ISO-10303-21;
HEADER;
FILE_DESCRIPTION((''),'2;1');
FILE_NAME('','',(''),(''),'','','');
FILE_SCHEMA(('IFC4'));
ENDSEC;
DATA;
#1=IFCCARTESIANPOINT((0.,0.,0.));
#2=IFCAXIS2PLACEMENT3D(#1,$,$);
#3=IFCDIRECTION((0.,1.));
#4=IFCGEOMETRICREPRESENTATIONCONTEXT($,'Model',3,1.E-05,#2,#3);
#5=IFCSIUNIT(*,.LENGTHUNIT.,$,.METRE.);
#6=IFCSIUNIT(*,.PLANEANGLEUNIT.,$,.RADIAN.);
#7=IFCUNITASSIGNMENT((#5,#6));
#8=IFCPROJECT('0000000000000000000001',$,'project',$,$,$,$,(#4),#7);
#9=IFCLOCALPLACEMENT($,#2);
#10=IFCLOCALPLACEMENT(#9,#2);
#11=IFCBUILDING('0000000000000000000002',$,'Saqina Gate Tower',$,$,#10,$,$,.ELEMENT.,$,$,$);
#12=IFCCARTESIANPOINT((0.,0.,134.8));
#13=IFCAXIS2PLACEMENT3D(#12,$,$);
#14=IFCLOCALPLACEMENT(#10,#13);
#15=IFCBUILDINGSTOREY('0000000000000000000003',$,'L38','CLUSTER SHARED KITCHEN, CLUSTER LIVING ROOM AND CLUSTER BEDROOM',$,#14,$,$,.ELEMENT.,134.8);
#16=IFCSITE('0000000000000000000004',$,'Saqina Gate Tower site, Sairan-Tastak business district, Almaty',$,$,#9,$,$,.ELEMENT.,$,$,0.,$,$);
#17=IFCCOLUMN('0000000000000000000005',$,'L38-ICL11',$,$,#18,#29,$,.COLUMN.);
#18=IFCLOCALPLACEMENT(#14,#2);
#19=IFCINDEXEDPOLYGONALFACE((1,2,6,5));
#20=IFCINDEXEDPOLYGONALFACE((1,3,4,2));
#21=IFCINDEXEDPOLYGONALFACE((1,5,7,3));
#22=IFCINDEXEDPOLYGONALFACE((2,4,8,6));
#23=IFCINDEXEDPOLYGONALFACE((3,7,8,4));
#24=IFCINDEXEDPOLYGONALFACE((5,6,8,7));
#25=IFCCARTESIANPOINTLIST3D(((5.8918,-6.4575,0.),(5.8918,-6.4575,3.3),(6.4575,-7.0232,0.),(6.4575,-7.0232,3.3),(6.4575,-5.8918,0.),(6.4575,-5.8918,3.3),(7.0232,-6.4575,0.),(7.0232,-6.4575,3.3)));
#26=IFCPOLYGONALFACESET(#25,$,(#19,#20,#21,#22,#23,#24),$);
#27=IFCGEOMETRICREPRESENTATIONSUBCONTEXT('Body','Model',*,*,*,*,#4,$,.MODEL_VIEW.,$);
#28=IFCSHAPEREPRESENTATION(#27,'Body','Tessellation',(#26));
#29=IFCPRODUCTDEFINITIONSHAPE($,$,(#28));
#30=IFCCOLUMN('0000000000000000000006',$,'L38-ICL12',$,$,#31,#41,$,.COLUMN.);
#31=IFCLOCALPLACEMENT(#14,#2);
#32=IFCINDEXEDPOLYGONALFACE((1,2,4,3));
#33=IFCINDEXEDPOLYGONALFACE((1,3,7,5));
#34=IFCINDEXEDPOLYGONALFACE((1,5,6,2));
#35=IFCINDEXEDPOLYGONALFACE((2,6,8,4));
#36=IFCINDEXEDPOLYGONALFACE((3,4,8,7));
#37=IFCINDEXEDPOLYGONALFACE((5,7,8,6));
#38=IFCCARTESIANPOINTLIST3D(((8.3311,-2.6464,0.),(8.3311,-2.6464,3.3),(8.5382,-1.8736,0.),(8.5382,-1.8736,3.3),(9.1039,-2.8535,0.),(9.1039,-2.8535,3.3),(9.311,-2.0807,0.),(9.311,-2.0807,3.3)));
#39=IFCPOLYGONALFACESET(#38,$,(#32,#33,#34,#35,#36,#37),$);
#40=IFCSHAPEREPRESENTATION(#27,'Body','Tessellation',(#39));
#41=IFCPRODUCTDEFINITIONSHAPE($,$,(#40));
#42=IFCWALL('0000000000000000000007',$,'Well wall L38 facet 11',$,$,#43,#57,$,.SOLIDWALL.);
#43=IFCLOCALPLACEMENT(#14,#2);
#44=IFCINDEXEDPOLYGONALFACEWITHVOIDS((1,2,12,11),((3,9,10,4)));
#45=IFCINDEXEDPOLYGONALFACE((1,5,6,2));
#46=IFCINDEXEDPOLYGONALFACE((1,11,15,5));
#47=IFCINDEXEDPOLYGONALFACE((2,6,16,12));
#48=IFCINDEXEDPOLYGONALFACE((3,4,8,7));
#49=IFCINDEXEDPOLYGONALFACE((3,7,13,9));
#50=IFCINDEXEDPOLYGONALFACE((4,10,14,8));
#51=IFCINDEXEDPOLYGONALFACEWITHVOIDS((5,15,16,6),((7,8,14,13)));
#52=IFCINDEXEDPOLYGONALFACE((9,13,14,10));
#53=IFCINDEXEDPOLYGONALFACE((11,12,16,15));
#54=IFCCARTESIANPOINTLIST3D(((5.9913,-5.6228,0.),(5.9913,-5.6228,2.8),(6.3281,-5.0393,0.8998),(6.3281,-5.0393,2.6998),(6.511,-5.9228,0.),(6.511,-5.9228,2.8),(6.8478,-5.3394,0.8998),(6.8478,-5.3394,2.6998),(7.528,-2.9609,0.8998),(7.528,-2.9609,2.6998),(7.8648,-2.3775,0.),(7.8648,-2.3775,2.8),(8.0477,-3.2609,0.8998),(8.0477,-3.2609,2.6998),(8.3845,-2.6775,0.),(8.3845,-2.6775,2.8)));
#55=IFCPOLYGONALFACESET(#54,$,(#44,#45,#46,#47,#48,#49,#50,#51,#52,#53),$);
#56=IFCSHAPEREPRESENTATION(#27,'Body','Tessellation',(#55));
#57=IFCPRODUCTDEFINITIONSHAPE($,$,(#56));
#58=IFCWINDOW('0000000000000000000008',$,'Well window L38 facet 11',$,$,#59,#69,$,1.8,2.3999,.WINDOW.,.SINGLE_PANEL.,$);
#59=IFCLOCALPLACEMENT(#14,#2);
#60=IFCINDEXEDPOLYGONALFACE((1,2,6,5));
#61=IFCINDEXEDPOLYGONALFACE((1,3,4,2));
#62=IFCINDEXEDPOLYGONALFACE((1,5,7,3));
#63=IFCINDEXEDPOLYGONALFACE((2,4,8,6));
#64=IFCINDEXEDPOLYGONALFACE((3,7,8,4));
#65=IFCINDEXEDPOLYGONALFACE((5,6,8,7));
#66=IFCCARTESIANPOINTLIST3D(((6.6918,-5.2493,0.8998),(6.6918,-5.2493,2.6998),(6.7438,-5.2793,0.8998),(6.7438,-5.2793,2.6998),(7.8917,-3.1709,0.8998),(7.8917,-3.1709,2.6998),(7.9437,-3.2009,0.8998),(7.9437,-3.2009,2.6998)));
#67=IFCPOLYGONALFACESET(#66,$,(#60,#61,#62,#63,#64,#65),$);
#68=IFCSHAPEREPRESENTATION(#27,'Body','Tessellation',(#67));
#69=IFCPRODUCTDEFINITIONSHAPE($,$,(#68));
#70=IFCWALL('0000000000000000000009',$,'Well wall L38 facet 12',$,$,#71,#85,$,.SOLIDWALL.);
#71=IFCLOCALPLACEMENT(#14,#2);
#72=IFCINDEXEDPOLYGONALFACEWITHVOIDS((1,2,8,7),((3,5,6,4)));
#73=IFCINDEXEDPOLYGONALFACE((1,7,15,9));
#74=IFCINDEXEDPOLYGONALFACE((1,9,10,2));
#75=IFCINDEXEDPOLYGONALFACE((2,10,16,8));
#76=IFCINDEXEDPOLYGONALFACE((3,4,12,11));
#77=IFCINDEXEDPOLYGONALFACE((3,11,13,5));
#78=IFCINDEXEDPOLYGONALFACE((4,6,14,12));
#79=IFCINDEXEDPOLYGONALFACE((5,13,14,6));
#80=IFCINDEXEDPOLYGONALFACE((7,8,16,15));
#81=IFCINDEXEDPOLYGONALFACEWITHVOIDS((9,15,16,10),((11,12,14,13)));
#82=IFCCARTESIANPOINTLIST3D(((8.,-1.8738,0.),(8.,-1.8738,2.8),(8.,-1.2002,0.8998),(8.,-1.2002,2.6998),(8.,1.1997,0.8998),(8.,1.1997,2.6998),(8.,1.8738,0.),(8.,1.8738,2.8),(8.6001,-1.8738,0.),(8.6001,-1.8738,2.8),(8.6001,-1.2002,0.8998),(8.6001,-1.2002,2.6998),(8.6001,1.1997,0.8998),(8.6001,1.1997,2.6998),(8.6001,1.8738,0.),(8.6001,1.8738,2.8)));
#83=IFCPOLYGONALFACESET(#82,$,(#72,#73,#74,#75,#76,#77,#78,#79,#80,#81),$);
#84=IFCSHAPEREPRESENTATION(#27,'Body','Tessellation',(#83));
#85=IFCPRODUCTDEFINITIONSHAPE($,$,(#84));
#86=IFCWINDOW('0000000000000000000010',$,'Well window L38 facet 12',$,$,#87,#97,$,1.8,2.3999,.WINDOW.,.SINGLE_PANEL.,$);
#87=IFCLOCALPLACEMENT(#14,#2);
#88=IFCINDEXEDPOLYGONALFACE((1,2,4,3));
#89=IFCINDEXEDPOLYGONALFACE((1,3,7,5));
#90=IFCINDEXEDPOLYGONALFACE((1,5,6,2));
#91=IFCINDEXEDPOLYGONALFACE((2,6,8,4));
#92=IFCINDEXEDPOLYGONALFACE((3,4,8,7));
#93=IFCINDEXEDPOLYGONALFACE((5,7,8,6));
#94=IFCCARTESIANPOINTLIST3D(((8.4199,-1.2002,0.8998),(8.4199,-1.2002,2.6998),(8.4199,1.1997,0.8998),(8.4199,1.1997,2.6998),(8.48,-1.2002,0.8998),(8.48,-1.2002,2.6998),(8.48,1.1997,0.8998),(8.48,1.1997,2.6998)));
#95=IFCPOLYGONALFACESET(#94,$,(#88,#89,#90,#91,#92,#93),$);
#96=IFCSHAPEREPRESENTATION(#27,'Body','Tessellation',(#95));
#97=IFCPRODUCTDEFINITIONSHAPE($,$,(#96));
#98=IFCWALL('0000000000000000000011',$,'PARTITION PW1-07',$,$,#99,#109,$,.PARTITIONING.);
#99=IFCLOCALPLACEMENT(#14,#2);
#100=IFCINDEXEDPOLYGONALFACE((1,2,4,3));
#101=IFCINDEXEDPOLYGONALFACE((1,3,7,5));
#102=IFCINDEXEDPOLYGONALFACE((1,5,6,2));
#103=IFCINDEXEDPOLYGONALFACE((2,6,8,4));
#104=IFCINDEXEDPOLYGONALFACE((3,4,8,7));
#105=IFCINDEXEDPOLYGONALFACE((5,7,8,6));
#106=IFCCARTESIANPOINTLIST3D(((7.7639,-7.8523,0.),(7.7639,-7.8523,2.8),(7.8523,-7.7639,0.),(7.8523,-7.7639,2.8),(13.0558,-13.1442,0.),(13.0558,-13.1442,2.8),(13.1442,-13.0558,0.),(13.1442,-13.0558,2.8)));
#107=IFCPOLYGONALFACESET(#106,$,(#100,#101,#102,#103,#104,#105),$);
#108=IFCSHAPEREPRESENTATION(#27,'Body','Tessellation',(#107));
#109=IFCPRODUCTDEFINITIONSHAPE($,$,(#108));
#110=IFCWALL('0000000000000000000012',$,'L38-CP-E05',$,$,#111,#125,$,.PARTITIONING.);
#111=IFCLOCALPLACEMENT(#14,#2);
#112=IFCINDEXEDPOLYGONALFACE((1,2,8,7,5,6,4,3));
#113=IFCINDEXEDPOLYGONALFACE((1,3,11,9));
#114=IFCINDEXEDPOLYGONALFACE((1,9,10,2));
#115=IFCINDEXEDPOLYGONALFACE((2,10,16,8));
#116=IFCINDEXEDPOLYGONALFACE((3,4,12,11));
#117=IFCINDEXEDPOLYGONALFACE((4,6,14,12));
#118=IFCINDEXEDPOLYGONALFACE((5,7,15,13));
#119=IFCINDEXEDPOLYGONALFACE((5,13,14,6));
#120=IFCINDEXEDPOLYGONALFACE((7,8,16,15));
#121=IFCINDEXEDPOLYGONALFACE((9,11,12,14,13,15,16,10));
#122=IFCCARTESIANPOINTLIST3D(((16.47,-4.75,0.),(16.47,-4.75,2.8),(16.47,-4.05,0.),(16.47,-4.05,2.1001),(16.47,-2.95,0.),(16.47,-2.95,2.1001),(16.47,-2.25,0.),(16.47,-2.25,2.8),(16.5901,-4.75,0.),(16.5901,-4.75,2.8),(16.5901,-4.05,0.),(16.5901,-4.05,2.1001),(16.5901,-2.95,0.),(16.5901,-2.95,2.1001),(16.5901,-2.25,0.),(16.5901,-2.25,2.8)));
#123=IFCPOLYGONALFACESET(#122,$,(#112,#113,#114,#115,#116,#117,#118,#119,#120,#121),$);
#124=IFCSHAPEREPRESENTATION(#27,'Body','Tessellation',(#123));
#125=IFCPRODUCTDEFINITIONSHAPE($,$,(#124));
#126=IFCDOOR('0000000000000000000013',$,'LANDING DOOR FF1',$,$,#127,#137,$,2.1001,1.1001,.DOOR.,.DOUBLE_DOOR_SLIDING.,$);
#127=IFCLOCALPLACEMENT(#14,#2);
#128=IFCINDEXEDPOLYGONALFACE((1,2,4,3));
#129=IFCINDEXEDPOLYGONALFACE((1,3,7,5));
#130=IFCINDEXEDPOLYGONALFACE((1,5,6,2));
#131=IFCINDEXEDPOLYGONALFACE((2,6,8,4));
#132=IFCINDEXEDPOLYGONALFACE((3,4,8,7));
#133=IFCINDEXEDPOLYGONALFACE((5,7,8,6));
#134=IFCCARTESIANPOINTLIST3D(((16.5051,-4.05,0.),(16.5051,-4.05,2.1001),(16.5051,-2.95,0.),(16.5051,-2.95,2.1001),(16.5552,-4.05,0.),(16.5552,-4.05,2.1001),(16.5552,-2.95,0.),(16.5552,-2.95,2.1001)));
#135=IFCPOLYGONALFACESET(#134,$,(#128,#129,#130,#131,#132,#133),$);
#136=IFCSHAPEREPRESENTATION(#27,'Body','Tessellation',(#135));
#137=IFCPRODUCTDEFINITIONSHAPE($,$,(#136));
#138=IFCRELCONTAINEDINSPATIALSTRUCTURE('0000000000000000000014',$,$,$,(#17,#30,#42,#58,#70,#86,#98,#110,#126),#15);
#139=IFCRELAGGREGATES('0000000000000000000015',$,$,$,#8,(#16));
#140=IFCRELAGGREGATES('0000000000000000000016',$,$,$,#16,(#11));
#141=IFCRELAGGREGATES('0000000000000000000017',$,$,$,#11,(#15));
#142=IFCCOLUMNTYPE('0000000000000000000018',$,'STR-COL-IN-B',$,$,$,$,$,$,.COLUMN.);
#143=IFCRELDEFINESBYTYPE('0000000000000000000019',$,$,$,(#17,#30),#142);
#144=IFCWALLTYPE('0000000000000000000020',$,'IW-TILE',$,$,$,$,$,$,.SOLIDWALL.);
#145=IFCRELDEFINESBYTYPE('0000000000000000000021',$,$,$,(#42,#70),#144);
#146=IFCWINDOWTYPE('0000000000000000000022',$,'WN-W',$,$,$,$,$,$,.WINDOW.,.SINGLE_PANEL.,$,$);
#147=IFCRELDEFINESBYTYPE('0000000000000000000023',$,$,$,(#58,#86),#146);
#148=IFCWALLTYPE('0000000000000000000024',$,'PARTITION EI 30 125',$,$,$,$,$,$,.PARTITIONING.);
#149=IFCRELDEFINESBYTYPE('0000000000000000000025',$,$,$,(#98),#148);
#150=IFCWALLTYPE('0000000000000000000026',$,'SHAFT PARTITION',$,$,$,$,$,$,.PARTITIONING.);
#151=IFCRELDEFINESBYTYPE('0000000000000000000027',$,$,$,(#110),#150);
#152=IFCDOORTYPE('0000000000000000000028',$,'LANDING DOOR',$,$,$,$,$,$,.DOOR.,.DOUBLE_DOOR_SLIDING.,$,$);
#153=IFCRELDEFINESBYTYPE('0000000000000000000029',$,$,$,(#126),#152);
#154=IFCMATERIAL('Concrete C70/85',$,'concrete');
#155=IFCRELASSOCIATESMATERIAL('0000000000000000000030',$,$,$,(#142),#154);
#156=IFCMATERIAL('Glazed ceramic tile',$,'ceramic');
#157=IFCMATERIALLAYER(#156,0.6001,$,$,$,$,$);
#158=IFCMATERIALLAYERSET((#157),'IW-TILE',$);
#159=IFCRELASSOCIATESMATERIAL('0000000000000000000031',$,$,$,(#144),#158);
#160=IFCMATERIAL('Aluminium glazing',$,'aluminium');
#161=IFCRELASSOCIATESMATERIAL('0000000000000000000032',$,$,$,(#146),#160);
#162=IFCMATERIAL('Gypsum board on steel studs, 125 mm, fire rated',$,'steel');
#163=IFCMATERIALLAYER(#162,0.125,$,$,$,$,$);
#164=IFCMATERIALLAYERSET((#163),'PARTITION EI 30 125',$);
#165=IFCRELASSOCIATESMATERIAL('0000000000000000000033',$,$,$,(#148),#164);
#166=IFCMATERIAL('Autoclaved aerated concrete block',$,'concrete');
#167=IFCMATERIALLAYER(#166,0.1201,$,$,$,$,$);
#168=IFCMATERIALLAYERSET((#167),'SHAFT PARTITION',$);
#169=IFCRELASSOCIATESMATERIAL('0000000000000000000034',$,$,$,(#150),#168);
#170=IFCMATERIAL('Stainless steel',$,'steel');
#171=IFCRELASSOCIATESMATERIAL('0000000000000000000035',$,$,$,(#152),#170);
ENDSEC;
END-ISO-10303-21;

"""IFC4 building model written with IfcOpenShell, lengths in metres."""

from ifc_helpers import new_model, si_unit, direction, frame, frame_2d, origin, origin_2d, place, context, subcontext, project, spatial, rectangle, extrude, material, layer, layer_set, material_profile, profile_set, type_object, element, fill, save


model = new_model("IFC4")

# Units and contexts
model_context = context("Model", 3, precision=1e-05, world=origin(), true_north=direction((0.0, 1.0)))
body_context = subcontext(model_context, "Body", "Model", "MODEL_VIEW")
ifc_project = project(units=[si_unit("LENGTHUNIT", "METRE"), si_unit("PLANEANGLEUNIT", "RADIAN")], contexts=[model_context])

# Site, building, storey
site_placement = place(None, origin())
site = spatial("IfcSite", under=ifc_project, at=site_placement, Name="Saqina Gate Tower site, Sairan-Tastak business district, Almaty", CompositionType="ELEMENT", RefElevation=0.0)
building_placement = place(site_placement, origin())
building = spatial("IfcBuilding", under=site, at=building_placement, Name="Saqina Gate Tower", CompositionType="ELEMENT")
storey_placement = place(building_placement, frame((0.0, 0.0, 134.8)))
storey = spatial("IfcBuildingStorey", under=building, at=storey_placement, Name="L38", Description="CLUSTER SHARED KITCHEN, CLUSTER LIVING ROOM AND CLUSTER BEDROOM", CompositionType="ELEMENT", Elevation=134.8)

# Columns
ifc_material_1 = material(Name="Concrete C70/85", Category="concrete")
ifc_material_profile = material_profile(ifc_material_1, rectangle(XDim=0.8, YDim=0.8, at=origin_2d()), Name="RC 800x800")
ifc_profile_set = profile_set([ifc_material_profile], Name="Concrete C70/85")
column_type = type_object("IfcColumnType", Name="STR-COL-IN-B", PredefinedType="COLUMN", material=ifc_profile_set)
for number, where, z_axis, x_axis, name in (
    (1, (6.4575, -6.4575, 0.0), (0.0, 0.0, 1.0), (0.707107, -0.707107, 0.0), "L38-ICL11"),
    (2, (8.821, -2.3635, 0.0), (0.0, 0.0, 1.0), (0.965926, -0.258819, 0.0), "L38-ICL12"),
):
    element("IfcColumn", number, at=place(storey_placement, frame(where, z_axis=z_axis, x_axis=x_axis)), inside=storey, type_object=column_type, Name=name, PredefinedType="COLUMN", context=body_context, shape_type="SweptSolid", body=[
        extrude(rectangle(XDim=0.8, YDim=0.8, at=origin_2d()), origin(), (0.0, 0.0, 1.0), 3.3),
    ])

# Walls, openings, windows
ifc_material_2 = material(Name="Glazed ceramic tile", Category="ceramic")
ifc_layer_1 = layer(ifc_material_2, 0.6001)
ifc_layer_set_1 = layer_set([ifc_layer_1], Name="IW-TILE")
wall_type_1 = type_object("IfcWallType", Name="IW-TILE", PredefinedType="SOLIDWALL", material=ifc_layer_set_1)
wall_1_placement = place(storey_placement, frame((6.2512, -5.7727, 0.0), z_axis=(0.0, 0.0, 1.0), x_axis=(0.499965, 0.866046, 0.0)))
wall_1 = element("IfcWall", 3, at=wall_1_placement, inside=storey, type_object=wall_type_1, Name="Well wall L38 facet 11", PredefinedType="SOLIDWALL", context=body_context, shape_type="SweptSolid", body=[
    extrude(rectangle(XDim=3.7473, YDim=0.6001, at=frame_2d((1.8735, 0.0))), origin(), (0.0, 0.0, 1.0), 2.8),
])
opening_1_placement = place(wall_1_placement, frame((0.6736, 0.0, 0.8999)))
opening_1 = element("IfcOpeningElement", 4, at=opening_1_placement, cuts=wall_1, PredefinedType="OPENING", context=body_context, shape_type="SweptSolid", body=[
    extrude(rectangle(XDim=2.3999, YDim=1.8, at=frame_2d((1.2, 0.8999))), frame((0.0, 0.312, 0.0), z_axis=(0.0, -1.0, 0.0), x_axis=(1.0, 0.0, 0.0)), (0.0, 0.0, 1.0), 0.624),
])
ifc_material_3 = material(Name="Aluminium glazing", Category="aluminium")
window_type = type_object("IfcWindowType", Name="WN-W", PartitioningType="SINGLE_PANEL", PredefinedType="WINDOW", material=ifc_material_3)
window_1_placement = place(opening_1_placement, origin())
window_1 = element("IfcWindow", 5, at=window_1_placement, inside=storey, type_object=window_type, Name="Well window L38 facet 11", OverallHeight=1.8, OverallWidth=2.3999, PartitioningType="SINGLE_PANEL", PredefinedType="WINDOW", context=body_context, shape_type="SweptSolid", body=[
    extrude(rectangle(XDim=2.3999, YDim=1.8, at=frame_2d((1.2, 0.8999))), frame((0.0, -0.1199, 0.0), z_axis=(0.0, -1.0, 0.0), x_axis=(1.0, 0.0, 0.0)), (0.0, 0.0, 1.0), 0.0601),
])
fill(opening_1, window_1)
wall_2_placement = place(storey_placement, frame((8.3, -1.8738, 0.0), z_axis=(0.0, 0.0, 1.0), x_axis=(0.0, 1.0, 0.0)))
wall_2 = element("IfcWall", 6, at=wall_2_placement, inside=storey, type_object=wall_type_1, Name="Well wall L38 facet 12", PredefinedType="SOLIDWALL", context=body_context, shape_type="SweptSolid", body=[
    extrude(rectangle(XDim=3.7476, YDim=0.6001, at=frame_2d((1.8738, 0.0))), origin(), (0.0, 0.0, 1.0), 2.8),
])
opening_2_placement = place(wall_2_placement, frame((0.6736, 0.0, 0.8999)))
opening_2 = element("IfcOpeningElement", 7, at=opening_2_placement, cuts=wall_2, PredefinedType="OPENING", context=body_context, shape_type="SweptSolid", body=[
    extrude(rectangle(XDim=2.3999, YDim=1.8, at=frame_2d((1.2, 0.8999))), frame((0.0, 0.312, 0.0), z_axis=(0.0, -1.0, 0.0), x_axis=(1.0, 0.0, 0.0)), (0.0, 0.0, 1.0), 0.624),
])
window_2_placement = place(opening_2_placement, origin())
window_2 = element("IfcWindow", 8, at=window_2_placement, inside=storey, type_object=window_type, Name="Well window L38 facet 12", OverallHeight=1.8, OverallWidth=2.3999, PartitioningType="SINGLE_PANEL", PredefinedType="WINDOW", context=body_context, shape_type="SweptSolid", body=[
    extrude(rectangle(XDim=2.3999, YDim=1.8, at=frame_2d((1.2, 0.8999))), frame((0.0, -0.1199, 0.0), z_axis=(0.0, -1.0, 0.0), x_axis=(1.0, 0.0, 0.0)), (0.0, 0.0, 1.0), 0.0601),
])
fill(opening_2, window_2)

# Wall
ifc_material_4 = material(Name="Gypsum board on steel studs, 125 mm, fire rated", Category="steel")
ifc_layer_2 = layer(ifc_material_4, 0.125)
ifc_layer_set_2 = layer_set([ifc_layer_2], Name="PARTITION EI 30 125")
wall_type_2 = type_object("IfcWallType", Name="PARTITION EI 30 125", PredefinedType="PARTITIONING", material=ifc_layer_set_2)
wall_3_placement = place(storey_placement, frame((7.8081, -7.8081, 0.0), z_axis=(0.0, 0.0, 1.0), x_axis=(0.707107, -0.707107, 0.0)))
element("IfcWall", 9, at=wall_3_placement, inside=storey, type_object=wall_type_2, Name="PARTITION PW1-07", PredefinedType="PARTITIONING", context=body_context, shape_type="SweptSolid", body=[
    extrude(rectangle(XDim=7.4839, YDim=0.125, at=frame_2d((3.7419, 0.0))), origin(), (0.0, 0.0, 1.0), 2.8),
])

# Wall, opening, door
ifc_material_5 = material(Name="Autoclaved aerated concrete block", Category="concrete")
ifc_layer_3 = layer(ifc_material_5, 0.1201)
ifc_layer_set_3 = layer_set([ifc_layer_3], Name="SHAFT PARTITION")
wall_type_3 = type_object("IfcWallType", Name="SHAFT PARTITION", PredefinedType="PARTITIONING", material=ifc_layer_set_3)
wall_4_placement = place(storey_placement, frame((16.53, -4.75, 0.0), z_axis=(0.0, 0.0, 1.0), x_axis=(0.0, 1.0, 0.0)))
wall_4 = element("IfcWall", 10, at=wall_4_placement, inside=storey, type_object=wall_type_3, Name="L38-CP-E05", PredefinedType="PARTITIONING", context=body_context, shape_type="SweptSolid", body=[
    extrude(rectangle(XDim=2.5, YDim=0.1201, at=frame_2d((1.25, 0.0))), origin(), (0.0, 0.0, 1.0), 2.8),
])
opening_3_placement = place(wall_4_placement, frame((0.7, 0.0, 0.0)))
opening_3 = element("IfcOpeningElement", 11, at=opening_3_placement, cuts=wall_4, PredefinedType="OPENING", context=body_context, shape_type="SweptSolid", body=[
    extrude(rectangle(XDim=1.1001, YDim=2.1001, at=frame_2d((0.55, 1.05))), frame((0.0, 0.072, 0.0), z_axis=(0.0, -1.0, 0.0), x_axis=(1.0, 0.0, 0.0)), (0.0, 0.0, 1.0), 0.144),
])
ifc_material_6 = material(Name="Stainless steel", Category="steel")
door_type_1 = type_object("IfcDoorType", Name="LANDING DOOR", OperationType="DOUBLE_DOOR_SLIDING", PredefinedType="DOOR", material=ifc_material_6)
door_1_placement = place(opening_3_placement, origin())
door_1 = element("IfcDoor", 12, at=door_1_placement, inside=storey, type_object=door_type_1, Name="LANDING DOOR FF1", OperationType="DOUBLE_DOOR_SLIDING", OverallHeight=2.1001, OverallWidth=1.1001, PredefinedType="DOOR", context=body_context, shape_type="SweptSolid", body=[
    extrude(rectangle(XDim=1.1001, YDim=2.1001, at=frame_2d((0.55, 1.05))), frame((0.0, 0.0249, 0.0), z_axis=(0.0, -1.0, 0.0), x_axis=(1.0, 0.0, 0.0)), (0.0, 0.0, 1.0), 0.05),
])
fill(opening_3, door_1)

save(model, "model.ifc")
